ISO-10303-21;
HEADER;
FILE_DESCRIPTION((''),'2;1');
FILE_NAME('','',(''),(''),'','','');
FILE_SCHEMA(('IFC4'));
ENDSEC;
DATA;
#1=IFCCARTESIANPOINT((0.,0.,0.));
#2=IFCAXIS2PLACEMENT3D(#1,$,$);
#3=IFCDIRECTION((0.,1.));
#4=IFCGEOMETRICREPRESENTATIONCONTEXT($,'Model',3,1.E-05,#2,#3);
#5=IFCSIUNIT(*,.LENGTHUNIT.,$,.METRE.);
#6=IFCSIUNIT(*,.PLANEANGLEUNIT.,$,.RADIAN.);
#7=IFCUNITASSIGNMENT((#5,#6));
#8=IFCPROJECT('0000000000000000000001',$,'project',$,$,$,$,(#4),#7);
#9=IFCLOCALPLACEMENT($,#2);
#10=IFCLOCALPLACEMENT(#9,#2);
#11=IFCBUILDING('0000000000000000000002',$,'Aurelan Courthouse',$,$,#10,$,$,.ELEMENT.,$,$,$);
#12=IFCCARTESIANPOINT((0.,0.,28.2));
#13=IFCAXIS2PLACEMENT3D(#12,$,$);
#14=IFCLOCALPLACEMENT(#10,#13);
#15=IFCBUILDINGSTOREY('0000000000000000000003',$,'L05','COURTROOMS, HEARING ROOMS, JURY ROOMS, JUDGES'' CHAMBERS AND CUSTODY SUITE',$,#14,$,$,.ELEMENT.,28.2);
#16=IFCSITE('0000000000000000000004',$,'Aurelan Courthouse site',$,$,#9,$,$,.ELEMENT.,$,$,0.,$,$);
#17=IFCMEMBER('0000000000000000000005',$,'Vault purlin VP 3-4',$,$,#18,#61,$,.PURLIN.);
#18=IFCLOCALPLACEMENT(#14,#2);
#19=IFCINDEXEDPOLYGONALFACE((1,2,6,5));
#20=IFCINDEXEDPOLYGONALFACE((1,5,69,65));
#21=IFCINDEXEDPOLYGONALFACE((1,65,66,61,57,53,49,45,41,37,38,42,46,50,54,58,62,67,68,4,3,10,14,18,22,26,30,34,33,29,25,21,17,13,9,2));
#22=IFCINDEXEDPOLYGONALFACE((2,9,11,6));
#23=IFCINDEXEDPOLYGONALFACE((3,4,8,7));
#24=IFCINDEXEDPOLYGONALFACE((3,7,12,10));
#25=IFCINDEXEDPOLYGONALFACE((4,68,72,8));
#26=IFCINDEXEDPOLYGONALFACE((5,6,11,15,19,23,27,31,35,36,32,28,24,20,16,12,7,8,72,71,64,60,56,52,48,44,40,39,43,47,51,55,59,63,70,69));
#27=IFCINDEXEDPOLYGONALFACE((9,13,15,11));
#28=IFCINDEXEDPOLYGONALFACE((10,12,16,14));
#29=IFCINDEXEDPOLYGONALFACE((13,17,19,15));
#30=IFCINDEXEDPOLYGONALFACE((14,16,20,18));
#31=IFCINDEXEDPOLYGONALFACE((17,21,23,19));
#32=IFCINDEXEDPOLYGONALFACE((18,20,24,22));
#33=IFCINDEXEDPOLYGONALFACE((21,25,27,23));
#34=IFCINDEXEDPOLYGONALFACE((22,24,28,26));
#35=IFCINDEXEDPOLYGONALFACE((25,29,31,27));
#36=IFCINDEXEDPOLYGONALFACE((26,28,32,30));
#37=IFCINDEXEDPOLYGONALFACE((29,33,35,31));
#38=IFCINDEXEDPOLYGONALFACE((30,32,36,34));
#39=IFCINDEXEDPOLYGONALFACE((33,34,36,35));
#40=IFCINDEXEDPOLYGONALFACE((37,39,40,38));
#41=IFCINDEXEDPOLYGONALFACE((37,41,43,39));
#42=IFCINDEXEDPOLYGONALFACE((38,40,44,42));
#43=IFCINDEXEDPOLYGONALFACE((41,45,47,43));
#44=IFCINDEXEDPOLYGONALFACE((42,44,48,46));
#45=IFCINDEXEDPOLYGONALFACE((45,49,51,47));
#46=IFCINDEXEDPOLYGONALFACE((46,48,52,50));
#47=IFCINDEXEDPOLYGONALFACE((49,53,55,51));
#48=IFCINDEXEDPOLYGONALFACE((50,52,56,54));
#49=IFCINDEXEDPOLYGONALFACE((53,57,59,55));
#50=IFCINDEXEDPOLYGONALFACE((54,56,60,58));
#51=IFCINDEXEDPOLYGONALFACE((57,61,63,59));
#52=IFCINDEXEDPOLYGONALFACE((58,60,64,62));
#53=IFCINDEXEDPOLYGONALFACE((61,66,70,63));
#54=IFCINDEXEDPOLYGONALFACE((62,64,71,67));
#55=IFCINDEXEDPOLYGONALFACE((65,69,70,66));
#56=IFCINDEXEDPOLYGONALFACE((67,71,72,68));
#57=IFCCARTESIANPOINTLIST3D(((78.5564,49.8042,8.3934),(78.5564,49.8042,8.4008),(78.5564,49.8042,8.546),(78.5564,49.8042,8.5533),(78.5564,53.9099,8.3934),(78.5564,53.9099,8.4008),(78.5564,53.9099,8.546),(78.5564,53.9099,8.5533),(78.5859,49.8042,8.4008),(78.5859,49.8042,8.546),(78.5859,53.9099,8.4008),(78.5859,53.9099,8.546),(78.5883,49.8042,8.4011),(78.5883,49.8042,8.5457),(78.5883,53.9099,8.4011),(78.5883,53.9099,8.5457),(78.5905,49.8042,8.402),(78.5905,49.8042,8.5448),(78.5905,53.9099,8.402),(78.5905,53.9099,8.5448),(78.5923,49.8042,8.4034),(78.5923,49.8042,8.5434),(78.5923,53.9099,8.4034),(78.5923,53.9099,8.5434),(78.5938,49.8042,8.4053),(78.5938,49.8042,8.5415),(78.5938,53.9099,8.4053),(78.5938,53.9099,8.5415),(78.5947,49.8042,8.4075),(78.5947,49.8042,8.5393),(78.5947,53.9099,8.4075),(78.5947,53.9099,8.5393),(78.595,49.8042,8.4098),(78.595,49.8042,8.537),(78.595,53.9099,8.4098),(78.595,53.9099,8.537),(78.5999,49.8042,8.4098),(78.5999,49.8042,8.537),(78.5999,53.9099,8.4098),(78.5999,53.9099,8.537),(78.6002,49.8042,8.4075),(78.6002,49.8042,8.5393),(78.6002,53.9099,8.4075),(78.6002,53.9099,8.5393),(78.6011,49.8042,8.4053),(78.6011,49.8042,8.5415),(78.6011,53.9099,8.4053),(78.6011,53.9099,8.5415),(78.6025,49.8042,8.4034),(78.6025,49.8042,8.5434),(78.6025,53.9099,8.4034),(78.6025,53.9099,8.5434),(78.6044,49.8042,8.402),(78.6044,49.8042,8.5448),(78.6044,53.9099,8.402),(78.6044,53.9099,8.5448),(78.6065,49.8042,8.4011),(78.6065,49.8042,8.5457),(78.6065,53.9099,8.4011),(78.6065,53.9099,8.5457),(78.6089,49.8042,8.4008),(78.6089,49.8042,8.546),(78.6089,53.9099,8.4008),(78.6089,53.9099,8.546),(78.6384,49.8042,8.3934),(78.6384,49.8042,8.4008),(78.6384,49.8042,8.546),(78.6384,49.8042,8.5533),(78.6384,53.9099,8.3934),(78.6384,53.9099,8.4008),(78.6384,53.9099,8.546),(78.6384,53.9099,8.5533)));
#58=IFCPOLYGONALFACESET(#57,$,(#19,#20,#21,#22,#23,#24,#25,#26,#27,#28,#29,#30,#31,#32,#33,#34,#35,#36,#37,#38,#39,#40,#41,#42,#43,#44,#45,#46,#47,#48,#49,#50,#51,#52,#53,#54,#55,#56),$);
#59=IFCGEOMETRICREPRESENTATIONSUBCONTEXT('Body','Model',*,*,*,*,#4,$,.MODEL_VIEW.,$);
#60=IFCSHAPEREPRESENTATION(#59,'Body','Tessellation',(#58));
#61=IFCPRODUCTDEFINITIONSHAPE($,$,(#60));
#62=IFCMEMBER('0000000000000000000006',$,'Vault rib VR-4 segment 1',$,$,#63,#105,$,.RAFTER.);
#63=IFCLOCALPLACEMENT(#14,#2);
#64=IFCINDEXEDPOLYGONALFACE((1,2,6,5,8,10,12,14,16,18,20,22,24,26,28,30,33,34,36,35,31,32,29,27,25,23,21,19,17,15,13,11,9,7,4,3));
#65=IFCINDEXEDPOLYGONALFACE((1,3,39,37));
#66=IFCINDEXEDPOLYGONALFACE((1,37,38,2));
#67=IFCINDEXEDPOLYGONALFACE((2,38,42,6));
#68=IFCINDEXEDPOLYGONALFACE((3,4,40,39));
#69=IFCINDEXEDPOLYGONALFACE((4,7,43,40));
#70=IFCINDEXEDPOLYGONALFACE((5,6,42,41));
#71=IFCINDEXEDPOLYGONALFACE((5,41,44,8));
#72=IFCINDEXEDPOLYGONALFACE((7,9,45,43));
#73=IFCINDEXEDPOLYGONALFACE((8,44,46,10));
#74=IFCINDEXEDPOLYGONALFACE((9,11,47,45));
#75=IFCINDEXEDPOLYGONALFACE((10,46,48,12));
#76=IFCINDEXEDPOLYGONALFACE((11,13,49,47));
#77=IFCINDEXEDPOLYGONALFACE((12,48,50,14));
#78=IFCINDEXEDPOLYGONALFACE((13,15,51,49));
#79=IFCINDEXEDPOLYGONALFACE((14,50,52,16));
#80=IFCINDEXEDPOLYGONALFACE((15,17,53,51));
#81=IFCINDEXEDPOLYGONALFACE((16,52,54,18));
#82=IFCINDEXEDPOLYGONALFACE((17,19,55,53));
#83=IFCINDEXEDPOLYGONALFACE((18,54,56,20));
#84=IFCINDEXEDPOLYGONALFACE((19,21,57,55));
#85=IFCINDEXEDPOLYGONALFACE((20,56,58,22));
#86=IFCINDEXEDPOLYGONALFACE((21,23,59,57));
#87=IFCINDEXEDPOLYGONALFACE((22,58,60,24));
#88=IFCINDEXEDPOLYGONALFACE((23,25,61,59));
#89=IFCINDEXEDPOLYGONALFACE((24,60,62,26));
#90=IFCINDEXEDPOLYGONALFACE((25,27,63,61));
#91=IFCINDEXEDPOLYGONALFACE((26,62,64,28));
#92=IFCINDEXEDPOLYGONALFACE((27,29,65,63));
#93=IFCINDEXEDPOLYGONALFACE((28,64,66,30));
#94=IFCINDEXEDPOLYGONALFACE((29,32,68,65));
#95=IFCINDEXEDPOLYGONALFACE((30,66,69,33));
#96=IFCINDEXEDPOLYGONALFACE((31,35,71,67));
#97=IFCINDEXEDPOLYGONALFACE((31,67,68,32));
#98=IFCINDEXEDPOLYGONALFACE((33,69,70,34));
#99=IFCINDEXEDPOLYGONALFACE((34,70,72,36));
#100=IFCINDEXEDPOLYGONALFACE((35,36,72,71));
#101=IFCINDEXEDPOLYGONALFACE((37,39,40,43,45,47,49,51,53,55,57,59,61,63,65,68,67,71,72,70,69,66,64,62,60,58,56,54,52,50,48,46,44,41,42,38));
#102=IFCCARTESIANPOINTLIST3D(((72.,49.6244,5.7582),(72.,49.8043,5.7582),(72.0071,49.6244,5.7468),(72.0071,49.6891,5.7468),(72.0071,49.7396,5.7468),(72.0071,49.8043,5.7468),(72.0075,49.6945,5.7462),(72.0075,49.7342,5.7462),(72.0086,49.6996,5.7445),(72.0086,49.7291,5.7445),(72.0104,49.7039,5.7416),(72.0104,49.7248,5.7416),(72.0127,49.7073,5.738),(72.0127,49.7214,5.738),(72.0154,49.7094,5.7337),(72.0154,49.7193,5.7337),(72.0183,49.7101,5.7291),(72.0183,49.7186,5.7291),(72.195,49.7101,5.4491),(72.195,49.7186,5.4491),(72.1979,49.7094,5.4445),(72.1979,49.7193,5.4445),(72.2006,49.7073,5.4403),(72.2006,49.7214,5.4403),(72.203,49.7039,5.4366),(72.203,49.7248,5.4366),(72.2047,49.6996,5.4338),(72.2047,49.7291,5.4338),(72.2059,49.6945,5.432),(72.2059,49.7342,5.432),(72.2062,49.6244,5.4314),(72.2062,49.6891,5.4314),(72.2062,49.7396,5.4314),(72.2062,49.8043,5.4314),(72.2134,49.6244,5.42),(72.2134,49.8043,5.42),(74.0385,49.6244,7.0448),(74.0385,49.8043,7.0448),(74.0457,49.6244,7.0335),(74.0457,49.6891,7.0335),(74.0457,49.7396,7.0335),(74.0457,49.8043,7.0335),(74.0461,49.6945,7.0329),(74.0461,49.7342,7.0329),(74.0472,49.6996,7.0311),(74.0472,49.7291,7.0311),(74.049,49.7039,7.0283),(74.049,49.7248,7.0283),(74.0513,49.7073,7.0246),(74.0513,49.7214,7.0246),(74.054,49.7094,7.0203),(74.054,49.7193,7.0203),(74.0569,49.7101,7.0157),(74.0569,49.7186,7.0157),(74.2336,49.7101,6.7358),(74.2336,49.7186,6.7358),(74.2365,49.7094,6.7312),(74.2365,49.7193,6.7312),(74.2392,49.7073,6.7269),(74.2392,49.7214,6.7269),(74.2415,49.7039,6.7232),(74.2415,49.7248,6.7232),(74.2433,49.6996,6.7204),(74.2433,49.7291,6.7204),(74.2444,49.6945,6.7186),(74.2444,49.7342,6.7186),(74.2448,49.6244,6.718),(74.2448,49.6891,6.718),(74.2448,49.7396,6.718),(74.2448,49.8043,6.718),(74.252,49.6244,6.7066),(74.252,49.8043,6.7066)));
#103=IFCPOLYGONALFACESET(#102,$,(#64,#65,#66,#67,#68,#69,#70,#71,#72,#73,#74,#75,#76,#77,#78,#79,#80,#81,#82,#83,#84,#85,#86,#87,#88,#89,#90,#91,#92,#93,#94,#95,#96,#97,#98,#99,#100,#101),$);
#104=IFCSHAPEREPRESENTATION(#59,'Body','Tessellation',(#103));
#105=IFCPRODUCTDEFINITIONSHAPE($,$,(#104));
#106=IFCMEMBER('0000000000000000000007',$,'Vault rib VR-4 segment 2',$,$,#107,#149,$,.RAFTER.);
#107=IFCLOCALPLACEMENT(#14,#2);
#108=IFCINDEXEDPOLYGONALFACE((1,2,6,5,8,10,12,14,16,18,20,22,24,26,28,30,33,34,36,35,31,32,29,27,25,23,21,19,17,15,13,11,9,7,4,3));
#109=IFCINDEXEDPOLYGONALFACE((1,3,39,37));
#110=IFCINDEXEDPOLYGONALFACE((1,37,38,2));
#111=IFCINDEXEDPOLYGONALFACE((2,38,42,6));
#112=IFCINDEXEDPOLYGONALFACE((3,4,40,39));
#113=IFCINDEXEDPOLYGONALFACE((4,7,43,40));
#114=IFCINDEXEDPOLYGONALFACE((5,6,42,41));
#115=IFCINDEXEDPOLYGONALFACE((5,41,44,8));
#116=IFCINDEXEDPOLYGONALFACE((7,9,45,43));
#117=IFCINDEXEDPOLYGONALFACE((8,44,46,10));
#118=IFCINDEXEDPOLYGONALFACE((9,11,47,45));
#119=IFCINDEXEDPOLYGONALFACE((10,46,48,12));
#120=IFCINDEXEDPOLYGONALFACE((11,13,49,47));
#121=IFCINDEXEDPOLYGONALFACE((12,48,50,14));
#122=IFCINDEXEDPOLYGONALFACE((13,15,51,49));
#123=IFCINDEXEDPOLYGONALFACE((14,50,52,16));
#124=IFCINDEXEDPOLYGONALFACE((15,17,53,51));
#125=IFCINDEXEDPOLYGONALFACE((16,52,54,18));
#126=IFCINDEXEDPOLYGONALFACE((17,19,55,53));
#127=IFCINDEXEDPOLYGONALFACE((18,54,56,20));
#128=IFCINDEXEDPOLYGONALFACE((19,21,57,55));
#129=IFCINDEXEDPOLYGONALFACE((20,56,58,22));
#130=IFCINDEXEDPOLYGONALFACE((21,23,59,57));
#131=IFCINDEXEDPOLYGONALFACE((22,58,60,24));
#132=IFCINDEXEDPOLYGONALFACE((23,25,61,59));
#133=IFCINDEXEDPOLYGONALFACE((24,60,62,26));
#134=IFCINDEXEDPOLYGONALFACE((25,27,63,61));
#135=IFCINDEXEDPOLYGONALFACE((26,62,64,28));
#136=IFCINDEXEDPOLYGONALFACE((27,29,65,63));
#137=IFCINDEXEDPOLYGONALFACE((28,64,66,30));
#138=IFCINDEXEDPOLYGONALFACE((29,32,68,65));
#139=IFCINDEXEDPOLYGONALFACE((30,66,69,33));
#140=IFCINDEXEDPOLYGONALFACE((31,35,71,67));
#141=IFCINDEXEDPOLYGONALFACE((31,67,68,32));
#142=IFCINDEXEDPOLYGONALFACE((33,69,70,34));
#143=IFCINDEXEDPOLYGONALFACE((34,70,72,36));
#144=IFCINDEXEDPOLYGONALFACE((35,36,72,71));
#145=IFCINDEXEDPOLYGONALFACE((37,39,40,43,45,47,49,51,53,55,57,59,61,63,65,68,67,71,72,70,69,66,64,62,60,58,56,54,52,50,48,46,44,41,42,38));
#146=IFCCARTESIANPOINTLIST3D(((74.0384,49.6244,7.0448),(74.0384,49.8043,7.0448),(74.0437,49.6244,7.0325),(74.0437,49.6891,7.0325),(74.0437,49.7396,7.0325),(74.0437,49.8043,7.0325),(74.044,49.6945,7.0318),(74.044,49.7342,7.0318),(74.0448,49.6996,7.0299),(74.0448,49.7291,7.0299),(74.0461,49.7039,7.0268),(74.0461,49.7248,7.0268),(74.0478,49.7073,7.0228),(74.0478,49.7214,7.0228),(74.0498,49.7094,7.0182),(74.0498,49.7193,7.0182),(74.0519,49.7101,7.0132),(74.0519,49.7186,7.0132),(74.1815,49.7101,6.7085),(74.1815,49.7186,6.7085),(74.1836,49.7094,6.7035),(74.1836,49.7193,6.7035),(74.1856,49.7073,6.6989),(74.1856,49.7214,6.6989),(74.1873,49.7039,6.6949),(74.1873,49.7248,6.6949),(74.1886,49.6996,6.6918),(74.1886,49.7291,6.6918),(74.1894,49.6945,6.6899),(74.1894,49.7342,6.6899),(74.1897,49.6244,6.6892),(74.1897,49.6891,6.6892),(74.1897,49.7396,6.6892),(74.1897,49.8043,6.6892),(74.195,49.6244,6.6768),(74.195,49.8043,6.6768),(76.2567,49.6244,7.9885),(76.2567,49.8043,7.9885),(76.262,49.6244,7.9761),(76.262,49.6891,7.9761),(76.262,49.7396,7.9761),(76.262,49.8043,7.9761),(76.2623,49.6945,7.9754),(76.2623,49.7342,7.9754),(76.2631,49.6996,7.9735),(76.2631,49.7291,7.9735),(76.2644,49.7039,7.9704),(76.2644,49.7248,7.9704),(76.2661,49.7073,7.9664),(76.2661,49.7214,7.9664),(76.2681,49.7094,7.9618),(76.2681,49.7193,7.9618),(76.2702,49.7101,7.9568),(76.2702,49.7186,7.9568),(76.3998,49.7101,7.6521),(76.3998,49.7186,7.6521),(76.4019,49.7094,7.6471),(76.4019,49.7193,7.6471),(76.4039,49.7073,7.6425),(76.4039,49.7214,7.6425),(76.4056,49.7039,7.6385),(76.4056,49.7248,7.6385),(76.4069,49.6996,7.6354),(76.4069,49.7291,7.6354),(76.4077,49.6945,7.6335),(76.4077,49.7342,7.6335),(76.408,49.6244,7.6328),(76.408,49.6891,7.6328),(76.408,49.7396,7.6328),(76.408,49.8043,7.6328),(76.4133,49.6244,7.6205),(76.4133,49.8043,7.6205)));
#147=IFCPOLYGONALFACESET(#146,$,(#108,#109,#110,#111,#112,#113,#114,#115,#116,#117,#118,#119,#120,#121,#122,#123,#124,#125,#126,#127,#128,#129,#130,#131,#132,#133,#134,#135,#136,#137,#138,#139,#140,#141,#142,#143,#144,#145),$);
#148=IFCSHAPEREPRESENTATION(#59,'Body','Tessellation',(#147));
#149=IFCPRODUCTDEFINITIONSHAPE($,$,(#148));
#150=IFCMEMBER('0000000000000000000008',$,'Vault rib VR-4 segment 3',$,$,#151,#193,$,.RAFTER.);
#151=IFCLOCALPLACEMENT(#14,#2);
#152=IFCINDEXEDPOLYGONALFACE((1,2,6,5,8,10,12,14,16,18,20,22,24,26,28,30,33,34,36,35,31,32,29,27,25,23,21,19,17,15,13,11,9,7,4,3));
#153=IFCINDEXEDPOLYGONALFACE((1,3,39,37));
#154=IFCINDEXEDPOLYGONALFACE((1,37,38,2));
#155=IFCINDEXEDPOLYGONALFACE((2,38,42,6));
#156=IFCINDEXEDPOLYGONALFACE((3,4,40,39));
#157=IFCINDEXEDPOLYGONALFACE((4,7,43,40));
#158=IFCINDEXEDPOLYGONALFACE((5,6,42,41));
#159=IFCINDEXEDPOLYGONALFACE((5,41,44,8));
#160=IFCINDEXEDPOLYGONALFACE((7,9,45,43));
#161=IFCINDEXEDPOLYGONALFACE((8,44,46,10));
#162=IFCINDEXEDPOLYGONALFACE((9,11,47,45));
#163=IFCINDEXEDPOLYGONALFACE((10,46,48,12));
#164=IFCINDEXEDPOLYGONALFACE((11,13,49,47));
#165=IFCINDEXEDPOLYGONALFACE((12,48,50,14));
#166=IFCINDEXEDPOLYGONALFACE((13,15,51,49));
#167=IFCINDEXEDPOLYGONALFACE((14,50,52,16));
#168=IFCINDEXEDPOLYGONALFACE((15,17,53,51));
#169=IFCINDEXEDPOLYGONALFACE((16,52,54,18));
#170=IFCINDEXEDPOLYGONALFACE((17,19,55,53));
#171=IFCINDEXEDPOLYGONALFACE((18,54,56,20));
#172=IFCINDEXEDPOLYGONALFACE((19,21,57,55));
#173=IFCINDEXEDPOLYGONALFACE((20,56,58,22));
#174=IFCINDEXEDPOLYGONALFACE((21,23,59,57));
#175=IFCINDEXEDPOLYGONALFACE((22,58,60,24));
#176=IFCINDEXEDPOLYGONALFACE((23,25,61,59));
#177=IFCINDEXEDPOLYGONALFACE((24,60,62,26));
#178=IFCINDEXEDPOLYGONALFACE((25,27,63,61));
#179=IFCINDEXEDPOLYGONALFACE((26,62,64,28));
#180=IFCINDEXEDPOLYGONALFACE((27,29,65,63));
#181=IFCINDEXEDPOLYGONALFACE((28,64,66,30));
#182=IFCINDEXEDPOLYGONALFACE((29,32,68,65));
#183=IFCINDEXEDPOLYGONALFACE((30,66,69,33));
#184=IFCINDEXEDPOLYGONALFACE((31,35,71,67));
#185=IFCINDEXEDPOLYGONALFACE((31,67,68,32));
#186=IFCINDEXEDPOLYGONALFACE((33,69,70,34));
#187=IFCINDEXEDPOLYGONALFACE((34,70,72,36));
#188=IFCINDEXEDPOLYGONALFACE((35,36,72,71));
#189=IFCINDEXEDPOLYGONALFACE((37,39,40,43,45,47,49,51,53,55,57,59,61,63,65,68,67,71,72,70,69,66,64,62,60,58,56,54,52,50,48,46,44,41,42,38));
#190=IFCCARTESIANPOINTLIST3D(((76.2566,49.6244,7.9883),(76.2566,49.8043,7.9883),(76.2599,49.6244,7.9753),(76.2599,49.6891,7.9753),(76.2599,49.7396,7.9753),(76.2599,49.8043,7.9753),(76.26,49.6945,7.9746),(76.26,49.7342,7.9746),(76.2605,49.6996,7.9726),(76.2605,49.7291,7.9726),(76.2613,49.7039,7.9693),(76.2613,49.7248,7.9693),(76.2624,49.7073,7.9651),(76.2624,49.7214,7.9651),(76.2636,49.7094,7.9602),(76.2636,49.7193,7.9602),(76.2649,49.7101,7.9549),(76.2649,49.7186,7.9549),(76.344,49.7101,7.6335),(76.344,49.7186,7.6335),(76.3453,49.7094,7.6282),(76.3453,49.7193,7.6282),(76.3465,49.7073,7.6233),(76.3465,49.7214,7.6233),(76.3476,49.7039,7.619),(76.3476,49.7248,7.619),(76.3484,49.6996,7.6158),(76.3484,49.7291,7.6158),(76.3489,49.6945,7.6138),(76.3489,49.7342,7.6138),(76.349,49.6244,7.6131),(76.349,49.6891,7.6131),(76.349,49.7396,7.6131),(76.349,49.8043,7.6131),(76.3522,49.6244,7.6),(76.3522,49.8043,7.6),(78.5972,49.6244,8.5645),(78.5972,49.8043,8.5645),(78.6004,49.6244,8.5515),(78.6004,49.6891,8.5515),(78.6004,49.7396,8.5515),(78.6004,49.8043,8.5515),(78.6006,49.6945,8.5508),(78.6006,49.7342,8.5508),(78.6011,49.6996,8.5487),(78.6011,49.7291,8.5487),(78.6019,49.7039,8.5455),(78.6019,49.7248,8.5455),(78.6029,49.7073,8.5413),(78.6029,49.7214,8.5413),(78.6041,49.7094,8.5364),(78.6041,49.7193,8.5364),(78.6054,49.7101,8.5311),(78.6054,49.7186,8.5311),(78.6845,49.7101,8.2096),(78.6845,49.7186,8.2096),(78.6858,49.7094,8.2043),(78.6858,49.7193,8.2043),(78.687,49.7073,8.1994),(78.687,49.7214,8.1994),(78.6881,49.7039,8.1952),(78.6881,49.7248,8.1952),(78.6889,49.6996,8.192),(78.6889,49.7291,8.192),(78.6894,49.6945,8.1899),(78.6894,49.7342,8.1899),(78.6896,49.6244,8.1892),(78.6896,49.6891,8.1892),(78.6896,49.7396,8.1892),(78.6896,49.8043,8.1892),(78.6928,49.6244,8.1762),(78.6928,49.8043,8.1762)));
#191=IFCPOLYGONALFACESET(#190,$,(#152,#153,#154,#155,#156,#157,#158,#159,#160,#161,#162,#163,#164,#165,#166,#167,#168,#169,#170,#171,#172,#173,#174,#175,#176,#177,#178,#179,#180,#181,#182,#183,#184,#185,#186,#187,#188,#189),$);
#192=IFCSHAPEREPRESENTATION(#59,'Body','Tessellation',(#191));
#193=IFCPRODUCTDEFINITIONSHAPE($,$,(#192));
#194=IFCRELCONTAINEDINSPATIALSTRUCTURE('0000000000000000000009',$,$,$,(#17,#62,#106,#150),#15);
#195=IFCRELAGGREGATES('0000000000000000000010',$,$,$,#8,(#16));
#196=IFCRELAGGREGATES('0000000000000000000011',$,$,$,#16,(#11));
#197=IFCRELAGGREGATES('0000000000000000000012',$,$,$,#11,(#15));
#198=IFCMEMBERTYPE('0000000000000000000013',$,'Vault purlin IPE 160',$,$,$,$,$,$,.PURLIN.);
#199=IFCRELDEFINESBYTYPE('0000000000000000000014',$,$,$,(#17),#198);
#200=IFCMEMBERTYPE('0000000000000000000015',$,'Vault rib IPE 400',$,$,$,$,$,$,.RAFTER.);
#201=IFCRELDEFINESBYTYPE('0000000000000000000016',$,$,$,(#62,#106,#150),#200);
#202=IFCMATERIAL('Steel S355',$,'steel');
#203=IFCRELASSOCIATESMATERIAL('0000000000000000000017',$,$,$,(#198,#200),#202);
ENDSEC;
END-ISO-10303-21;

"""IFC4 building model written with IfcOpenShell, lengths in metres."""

from ifc_helpers import new_model, si_unit, direction, frame, origin, origin_2d, place, context, subcontext, project, spatial, i_section, extrude, material, material_profile, profile_set, type_object, element, save


model = new_model("IFC4")

# Units and contexts
model_context = context("Model", 3, precision=1e-05, world=origin(), true_north=direction((0.0, 1.0)))
body_context = subcontext(model_context, "Body", "Model", "MODEL_VIEW")
ifc_project = project(units=[si_unit("LENGTHUNIT", "METRE"), si_unit("PLANEANGLEUNIT", "RADIAN")], contexts=[model_context])

# Site, building, storey
site_placement = place(None, origin())
site = spatial("IfcSite", under=ifc_project, at=site_placement, Name="Aurelan Courthouse site", CompositionType="ELEMENT", RefElevation=0.0)
building_placement = place(site_placement, origin())
building = spatial("IfcBuilding", under=site, at=building_placement, Name="Aurelan Courthouse", CompositionType="ELEMENT")
storey_placement = place(building_placement, frame((0.0, 0.0, 28.2)))
storey = spatial("IfcBuildingStorey", under=building, at=storey_placement, Name="L05", Description="COURTROOMS, HEARING ROOMS, JURY ROOMS, JUDGES' CHAMBERS AND CUSTODY SUITE", CompositionType="ELEMENT", Elevation=28.2)

# Members
ifc_material_1 = material(Name="Steel S355", Category="steel")
ifc_material_profile_1 = material_profile(ifc_material_1, i_section(OverallWidth=0.082, OverallDepth=0.1599, WebThickness=0.0049, FlangeThickness=0.0073, FilletRadius=0.009, at=origin_2d()), Name="IPE 160")
ifc_profile_set_1 = profile_set([ifc_material_profile_1], Name="Steel S355")
member_type_1 = type_object("IfcMemberType", Name="Vault purlin IPE 160", PredefinedType="PURLIN", material=ifc_profile_set_1)
for number, where, z_axis, x_axis, name in (
    (1, (78.5974, 49.8042, 8.4734), (0.0, 1.0, 0.0), (-1.0, 0.0, 0.0), "Vault purlin VP 3-4"),
):
    element("IfcMember", number, at=place(storey_placement, frame(where, z_axis=z_axis, x_axis=x_axis)), inside=storey, type_object=member_type_1, Name=name, PredefinedType="PURLIN", context=body_context, shape_type="SweptSolid", body=[
        extrude(i_section(OverallWidth=0.082, OverallDepth=0.1599, WebThickness=0.0049, FlangeThickness=0.0073, FilletRadius=0.009, at=origin_2d()), origin(), (0.0, 0.0, 1.0), 4.1057),
    ])
ifc_material_profile_2 = material_profile(ifc_material_1, i_section(OverallWidth=0.1799, OverallDepth=0.3999, WebThickness=0.0085, FlangeThickness=0.0134, FilletRadius=0.021, at=origin_2d()), Name="IPE 400")
ifc_profile_set_2 = profile_set([ifc_material_profile_2], Name="Steel S355")
member_type_2 = type_object("IfcMemberType", Name="Vault rib IPE 400", PredefinedType="RAFTER", material=ifc_profile_set_2)
for number, where, z_axis, x_axis, name in (
    (2, (72.1067, 49.7144, 5.5891), (0.845657, 0.0, 0.533726), (0.0, 1.0, 0.0), "Vault rib VR-4 segment 1"),
    (3, (74.1167, 49.7144, 6.8608), (0.920205, 0.0, 0.391437), (0.0, 1.0, 0.0), "Vault rib VR-4 segment 2"),
):
    element("IfcMember", number, at=place(storey_placement, frame(where, z_axis=z_axis, x_axis=x_axis)), inside=storey, type_object=member_type_2, Name=name, PredefinedType="RAFTER", context=body_context, shape_type="SweptSolid", body=[
        extrude(i_section(OverallWidth=0.1799, OverallDepth=0.3999, WebThickness=0.0085, FlangeThickness=0.0134, FilletRadius=0.021, at=origin_2d()), origin(), (0.0, 0.0, 1.0), 2.4106),
    ])
member_1_placement = place(storey_placement, frame((76.3044, 49.7144, 7.7942), z_axis=(0.971012, 0.0, 0.239031), x_axis=(0.0, 1.0, 0.0)))
element("IfcMember", 4, at=member_1_placement, inside=storey, type_object=member_type_2, Name="Vault rib VR-4 segment 3", PredefinedType="RAFTER", context=body_context, shape_type="SweptSolid", body=[
    extrude(i_section(OverallWidth=0.1799, OverallDepth=0.3999, WebThickness=0.0085, FlangeThickness=0.0134, FilletRadius=0.021, at=origin_2d()), origin(), (0.0, 0.0, 1.0), 2.4104),
])

save(model, "model.ifc")
